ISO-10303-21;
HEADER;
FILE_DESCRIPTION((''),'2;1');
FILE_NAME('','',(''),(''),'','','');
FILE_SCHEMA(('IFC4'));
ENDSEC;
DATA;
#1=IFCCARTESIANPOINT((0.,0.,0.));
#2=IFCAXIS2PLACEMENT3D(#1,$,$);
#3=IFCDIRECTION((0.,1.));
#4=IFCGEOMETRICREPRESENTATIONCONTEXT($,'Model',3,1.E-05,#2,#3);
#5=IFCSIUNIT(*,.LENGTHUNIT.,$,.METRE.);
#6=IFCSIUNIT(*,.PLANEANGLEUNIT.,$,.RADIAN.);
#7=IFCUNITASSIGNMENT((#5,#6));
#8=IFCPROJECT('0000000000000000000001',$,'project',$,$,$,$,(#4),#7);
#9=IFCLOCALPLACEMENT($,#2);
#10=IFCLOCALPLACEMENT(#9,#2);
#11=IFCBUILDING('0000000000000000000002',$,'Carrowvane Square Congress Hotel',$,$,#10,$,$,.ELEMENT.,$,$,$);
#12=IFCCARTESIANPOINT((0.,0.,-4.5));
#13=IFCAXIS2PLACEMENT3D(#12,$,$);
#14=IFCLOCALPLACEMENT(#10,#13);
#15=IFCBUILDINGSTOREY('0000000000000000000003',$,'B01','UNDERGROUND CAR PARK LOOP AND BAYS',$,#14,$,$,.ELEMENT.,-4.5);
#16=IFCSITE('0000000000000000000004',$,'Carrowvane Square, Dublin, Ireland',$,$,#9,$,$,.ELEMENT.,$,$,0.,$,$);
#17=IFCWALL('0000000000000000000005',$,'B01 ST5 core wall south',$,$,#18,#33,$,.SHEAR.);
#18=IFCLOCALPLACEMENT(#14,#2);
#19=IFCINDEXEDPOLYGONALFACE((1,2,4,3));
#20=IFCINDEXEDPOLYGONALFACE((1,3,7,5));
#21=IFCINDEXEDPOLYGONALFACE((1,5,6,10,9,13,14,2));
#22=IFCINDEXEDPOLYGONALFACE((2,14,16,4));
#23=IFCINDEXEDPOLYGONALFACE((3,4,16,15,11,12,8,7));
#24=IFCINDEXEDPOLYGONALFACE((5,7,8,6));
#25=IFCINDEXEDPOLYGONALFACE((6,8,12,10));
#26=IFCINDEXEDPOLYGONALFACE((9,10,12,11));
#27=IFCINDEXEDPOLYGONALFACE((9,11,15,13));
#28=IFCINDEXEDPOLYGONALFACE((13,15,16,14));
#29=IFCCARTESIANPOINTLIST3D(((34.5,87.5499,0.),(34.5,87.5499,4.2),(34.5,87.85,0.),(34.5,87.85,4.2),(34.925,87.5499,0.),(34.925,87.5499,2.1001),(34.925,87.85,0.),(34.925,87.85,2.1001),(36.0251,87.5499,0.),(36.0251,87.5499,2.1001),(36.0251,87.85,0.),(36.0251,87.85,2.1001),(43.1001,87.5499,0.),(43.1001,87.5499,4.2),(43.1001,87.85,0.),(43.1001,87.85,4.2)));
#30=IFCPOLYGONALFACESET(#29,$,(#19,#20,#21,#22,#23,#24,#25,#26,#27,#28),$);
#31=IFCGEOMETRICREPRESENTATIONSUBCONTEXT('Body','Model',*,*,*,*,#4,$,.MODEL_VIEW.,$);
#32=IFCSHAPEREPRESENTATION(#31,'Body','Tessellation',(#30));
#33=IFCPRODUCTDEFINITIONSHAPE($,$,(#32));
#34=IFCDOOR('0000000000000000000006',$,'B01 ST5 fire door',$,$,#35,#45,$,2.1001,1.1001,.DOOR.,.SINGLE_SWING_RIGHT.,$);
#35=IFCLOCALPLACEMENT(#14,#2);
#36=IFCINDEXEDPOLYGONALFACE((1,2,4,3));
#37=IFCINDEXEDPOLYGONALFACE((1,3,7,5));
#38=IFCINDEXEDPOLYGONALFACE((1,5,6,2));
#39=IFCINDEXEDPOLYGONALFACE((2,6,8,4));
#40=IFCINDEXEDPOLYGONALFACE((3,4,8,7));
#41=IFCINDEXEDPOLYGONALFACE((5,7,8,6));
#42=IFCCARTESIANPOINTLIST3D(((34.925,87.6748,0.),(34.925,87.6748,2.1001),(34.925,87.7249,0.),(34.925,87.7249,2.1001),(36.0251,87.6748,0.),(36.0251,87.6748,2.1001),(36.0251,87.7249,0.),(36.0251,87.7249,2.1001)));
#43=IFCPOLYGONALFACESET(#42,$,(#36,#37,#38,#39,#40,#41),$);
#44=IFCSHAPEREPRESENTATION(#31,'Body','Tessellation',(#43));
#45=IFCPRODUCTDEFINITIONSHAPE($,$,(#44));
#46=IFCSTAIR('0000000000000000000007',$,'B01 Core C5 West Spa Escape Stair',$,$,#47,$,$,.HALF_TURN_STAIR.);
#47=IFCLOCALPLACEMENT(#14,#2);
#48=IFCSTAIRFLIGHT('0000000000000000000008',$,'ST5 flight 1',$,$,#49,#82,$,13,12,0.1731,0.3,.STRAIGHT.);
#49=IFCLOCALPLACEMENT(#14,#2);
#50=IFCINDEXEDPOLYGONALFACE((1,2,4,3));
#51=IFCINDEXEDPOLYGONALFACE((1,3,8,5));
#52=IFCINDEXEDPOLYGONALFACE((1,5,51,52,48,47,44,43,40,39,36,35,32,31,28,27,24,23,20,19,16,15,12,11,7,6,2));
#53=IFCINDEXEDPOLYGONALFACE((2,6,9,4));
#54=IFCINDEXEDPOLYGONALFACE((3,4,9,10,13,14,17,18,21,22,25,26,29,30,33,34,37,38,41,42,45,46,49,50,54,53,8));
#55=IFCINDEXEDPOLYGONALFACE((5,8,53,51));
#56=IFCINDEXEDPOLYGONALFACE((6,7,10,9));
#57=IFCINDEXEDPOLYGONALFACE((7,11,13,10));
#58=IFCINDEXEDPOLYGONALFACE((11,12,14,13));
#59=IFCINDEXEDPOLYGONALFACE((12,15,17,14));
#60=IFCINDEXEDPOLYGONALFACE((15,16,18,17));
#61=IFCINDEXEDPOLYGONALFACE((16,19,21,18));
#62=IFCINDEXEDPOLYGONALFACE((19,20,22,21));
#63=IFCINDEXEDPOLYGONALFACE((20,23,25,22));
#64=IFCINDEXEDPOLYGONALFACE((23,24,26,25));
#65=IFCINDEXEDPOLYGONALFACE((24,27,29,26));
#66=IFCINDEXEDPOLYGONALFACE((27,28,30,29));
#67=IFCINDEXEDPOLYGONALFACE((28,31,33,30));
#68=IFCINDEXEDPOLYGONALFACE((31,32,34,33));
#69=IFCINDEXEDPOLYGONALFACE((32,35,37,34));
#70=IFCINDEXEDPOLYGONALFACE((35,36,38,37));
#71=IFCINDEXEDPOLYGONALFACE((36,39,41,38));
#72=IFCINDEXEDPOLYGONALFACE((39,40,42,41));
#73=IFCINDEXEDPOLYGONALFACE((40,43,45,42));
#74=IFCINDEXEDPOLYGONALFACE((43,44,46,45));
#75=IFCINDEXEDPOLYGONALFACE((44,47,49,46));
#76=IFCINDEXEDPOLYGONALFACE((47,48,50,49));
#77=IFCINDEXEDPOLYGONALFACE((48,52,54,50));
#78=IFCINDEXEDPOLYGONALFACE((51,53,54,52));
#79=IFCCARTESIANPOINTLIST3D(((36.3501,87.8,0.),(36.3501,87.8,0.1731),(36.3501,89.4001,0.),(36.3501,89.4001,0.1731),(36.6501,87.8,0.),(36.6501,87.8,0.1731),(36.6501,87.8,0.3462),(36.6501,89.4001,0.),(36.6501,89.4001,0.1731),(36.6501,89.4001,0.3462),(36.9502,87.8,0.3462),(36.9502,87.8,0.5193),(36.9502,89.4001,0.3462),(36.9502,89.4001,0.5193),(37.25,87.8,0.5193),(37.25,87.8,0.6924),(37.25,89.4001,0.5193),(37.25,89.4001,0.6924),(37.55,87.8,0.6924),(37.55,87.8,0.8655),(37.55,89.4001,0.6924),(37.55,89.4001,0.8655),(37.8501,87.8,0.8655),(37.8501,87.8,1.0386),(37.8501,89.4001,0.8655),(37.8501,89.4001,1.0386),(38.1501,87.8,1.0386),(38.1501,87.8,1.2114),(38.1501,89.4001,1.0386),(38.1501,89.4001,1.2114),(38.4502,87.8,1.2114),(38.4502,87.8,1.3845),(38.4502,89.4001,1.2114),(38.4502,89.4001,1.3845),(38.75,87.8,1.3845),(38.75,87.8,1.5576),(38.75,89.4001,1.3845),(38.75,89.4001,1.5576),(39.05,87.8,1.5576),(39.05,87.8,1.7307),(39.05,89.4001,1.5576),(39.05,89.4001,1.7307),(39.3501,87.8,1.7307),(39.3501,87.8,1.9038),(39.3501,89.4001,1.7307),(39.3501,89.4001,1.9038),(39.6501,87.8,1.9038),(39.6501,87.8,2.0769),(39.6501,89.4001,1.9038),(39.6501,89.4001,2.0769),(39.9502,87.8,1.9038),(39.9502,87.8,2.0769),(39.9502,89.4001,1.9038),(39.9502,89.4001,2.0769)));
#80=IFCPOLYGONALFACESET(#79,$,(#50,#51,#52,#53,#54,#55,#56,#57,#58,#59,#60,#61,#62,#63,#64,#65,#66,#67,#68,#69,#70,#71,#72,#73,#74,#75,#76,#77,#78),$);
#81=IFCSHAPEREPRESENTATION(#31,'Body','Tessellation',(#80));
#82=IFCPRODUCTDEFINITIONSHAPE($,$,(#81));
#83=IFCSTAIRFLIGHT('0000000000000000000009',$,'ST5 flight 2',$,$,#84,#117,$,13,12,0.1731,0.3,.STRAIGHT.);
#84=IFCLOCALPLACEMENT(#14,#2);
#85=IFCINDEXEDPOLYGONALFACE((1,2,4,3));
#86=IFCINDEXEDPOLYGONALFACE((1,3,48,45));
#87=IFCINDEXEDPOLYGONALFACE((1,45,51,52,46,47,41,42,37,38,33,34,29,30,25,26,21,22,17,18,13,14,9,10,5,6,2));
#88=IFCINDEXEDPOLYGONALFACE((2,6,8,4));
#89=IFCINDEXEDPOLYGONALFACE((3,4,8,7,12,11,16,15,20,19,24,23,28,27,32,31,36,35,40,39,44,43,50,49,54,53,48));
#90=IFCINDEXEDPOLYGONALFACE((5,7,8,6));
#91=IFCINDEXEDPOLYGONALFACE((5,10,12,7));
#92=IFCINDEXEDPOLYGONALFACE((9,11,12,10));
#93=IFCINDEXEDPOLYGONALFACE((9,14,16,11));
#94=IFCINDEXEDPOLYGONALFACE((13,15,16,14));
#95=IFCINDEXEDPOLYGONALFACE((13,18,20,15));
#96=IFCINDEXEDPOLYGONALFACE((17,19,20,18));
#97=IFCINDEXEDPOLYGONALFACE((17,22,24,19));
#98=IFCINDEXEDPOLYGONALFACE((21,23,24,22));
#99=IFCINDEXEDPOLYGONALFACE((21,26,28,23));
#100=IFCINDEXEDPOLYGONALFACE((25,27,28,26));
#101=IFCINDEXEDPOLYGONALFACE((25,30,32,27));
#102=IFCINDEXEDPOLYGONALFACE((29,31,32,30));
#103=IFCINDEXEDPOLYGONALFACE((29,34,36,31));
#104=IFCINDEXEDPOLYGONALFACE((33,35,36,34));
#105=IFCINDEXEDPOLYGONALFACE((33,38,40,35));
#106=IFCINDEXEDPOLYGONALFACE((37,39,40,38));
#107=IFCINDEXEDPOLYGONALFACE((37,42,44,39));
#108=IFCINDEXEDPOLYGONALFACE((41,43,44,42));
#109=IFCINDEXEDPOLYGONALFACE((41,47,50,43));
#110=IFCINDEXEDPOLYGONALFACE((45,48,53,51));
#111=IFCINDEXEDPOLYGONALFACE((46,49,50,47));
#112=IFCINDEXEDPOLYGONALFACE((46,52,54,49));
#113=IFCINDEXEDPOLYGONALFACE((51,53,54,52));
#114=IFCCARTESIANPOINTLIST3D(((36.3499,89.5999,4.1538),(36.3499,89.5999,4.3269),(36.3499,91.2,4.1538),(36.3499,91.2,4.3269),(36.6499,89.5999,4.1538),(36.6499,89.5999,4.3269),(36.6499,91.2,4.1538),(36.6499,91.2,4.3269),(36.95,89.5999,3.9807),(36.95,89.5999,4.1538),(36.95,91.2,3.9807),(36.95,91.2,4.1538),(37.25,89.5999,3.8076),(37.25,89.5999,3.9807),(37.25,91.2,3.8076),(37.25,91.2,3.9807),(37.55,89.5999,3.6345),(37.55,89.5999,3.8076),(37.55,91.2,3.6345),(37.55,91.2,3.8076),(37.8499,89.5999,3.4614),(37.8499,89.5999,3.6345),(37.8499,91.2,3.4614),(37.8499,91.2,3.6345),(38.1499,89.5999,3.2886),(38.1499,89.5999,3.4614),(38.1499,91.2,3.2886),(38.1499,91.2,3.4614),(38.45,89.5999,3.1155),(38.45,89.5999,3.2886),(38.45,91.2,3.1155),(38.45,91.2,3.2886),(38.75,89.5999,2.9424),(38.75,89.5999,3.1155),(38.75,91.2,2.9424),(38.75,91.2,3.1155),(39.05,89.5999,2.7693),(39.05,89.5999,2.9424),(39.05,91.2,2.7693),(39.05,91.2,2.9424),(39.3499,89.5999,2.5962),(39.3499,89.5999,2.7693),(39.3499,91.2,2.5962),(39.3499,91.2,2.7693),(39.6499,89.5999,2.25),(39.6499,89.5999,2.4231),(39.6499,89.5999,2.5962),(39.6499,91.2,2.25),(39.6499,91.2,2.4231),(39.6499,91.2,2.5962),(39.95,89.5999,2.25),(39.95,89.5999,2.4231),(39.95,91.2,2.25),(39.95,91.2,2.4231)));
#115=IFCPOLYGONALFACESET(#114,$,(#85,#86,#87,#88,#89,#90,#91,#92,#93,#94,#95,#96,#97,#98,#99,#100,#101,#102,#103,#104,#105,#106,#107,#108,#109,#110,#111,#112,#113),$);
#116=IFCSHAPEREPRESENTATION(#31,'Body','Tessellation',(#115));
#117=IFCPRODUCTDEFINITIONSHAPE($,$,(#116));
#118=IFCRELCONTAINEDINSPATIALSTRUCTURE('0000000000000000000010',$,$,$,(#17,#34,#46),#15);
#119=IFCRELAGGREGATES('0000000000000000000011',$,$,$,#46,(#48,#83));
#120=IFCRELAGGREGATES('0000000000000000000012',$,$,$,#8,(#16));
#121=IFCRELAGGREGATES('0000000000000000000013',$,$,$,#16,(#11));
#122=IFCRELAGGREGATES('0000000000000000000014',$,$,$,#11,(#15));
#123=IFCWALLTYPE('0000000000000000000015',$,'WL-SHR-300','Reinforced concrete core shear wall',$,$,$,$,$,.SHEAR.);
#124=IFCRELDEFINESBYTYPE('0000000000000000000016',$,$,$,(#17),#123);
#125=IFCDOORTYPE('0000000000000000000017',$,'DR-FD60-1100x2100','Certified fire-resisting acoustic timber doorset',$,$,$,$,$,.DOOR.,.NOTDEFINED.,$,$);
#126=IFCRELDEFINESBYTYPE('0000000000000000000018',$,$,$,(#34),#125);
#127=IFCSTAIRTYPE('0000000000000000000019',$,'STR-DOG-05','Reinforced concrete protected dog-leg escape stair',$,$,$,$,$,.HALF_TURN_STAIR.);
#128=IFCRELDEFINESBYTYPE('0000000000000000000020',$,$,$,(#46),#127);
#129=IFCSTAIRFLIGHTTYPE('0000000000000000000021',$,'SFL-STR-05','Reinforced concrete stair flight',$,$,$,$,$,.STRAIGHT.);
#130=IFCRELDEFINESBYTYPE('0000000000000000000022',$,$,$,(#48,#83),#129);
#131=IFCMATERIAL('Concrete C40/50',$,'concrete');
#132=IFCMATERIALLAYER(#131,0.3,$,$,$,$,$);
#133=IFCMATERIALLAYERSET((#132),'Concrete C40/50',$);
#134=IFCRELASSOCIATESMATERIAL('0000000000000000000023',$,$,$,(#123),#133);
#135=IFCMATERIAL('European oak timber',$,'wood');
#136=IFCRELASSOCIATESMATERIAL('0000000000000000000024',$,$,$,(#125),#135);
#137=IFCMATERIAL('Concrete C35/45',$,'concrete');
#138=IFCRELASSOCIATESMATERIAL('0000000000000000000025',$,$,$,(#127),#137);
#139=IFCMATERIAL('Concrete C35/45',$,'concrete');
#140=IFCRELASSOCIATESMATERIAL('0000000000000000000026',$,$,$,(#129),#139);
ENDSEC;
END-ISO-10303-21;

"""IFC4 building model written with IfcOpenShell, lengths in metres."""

from ifc_helpers import new_model, si_unit, direction, frame, frame_2d, origin, place, context, subcontext, project, spatial, polyline, rectangle, outline, extrude, material, layer, layer_set, type_object, element, fill, aggregate, save


model = new_model("IFC4")

# Units and contexts
model_context = context("Model", 3, precision=1e-05, world=origin(), true_north=direction((0.0, 1.0)))
body_context = subcontext(model_context, "Body", "Model", "MODEL_VIEW")
ifc_project = project(units=[si_unit("LENGTHUNIT", "METRE"), si_unit("PLANEANGLEUNIT", "RADIAN")], contexts=[model_context])

# Site, building, storey
site_placement = place(None, origin())
site = spatial("IfcSite", under=ifc_project, at=site_placement, Name="Carrowvane Square, Dublin, Ireland", CompositionType="ELEMENT", RefElevation=0.0)
building_placement = place(site_placement, origin())
building = spatial("IfcBuilding", under=site, at=building_placement, Name="Carrowvane Square Congress Hotel", CompositionType="ELEMENT")
storey_placement = place(building_placement, frame((0.0, 0.0, -4.5)))
storey = spatial("IfcBuildingStorey", under=building, at=storey_placement, Name="B01", Description="UNDERGROUND CAR PARK LOOP AND BAYS", CompositionType="ELEMENT", Elevation=-4.5)

# Wall, opening, door
ifc_material_1 = material(Name="Concrete C40/50", Category="concrete")
ifc_layer_1 = layer(ifc_material_1, 0.3)
ifc_layer_set_1 = layer_set([ifc_layer_1], Name="Concrete C40/50")
wall_type_1 = type_object("IfcWallType", Name="WL-SHR-300", Description="Reinforced concrete core shear wall", PredefinedType="SHEAR", material=ifc_layer_set_1)
wall_1_placement = place(storey_placement, frame((34.5, 87.7, 0.0), z_axis=(0.0, 0.0, 1.0), x_axis=(1.0, 0.0, 0.0)))
wall_1 = element("IfcWall", 1, at=wall_1_placement, inside=storey, type_object=wall_type_1, Name="B01 ST5 core wall south", PredefinedType="SHEAR", context=body_context, shape_type="SweptSolid", body=[
    extrude(rectangle(XDim=8.6001, YDim=0.3, at=frame_2d((4.3, 0.0))), origin(), (0.0, 0.0, 1.0), 4.2),
])
opening_placement = place(wall_1_placement, frame((0.425, 0.0, 0.0)))
opening = element("IfcOpeningElement", 2, at=opening_placement, cuts=wall_1, PredefinedType="OPENING", context=body_context, shape_type="SweptSolid", body=[
    extrude(rectangle(XDim=1.1001, YDim=2.1001, at=frame_2d((0.55, 1.05))), frame((0.0, 0.1599, 0.0), z_axis=(0.0, -1.0, 0.0), x_axis=(1.0, 0.0, 0.0)), (0.0, 0.0, 1.0), 0.3201),
])
ifc_material_2 = material(Name="European oak timber", Category="wood")
door_type = type_object("IfcDoorType", Name="DR-FD60-1100x2100", Description="Certified fire-resisting acoustic timber doorset", OperationType="NOTDEFINED", PredefinedType="DOOR", material=ifc_material_2)
door_placement = place(opening_placement, origin())
door = element("IfcDoor", 3, at=door_placement, inside=storey, type_object=door_type, Name="B01 ST5 fire door", OperationType="SINGLE_SWING_RIGHT", OverallHeight=2.1001, OverallWidth=1.1001, PredefinedType="DOOR", context=body_context, shape_type="SweptSolid", body=[
    extrude(rectangle(XDim=1.1001, YDim=2.1001, at=frame_2d((0.55, 1.05))), frame((0.0, 0.0249, 0.0), z_axis=(0.0, -1.0, 0.0), x_axis=(1.0, 0.0, 0.0)), (0.0, 0.0, 1.0), 0.05),
])
fill(opening, door)

# Stair, stair flights
ifc_material_3 = material(Name="Concrete C35/45", Category="concrete")
stair_type = type_object("IfcStairType", Name="STR-DOG-05", Description="Reinforced concrete protected dog-leg escape stair", PredefinedType="HALF_TURN_STAIR", material=ifc_material_3)
stair_placement = place(storey_placement, origin())
stair = element("IfcStair", 4, at=stair_placement, inside=storey, type_object=stair_type, Name="B01 Core C5 West Spa Escape Stair", PredefinedType="HALF_TURN_STAIR")
ifc_material_4 = material(Name="Concrete C35/45", Category="concrete")
stair_flight_type = type_object("IfcStairFlightType", Name="SFL-STR-05", Description="Reinforced concrete stair flight", PredefinedType="STRAIGHT", material=ifc_material_4)
stair_flight_1_placement = place(storey_placement, frame((36.3501, 88.6001, 0.0), z_axis=(0.0, 0.0, 1.0), x_axis=(1.0, 0.0, 0.0)))
stair_flight_1 = element("IfcStairFlight", 5, at=stair_flight_1_placement, type_object=stair_flight_type, Name="ST5 flight 1", NumberOfRisers=13, NumberOfTreads=12, PredefinedType="STRAIGHT", RiserHeight=0.1731, TreadLength=0.3, context=body_context, shape_type="SweptSolid", body=[
    extrude(outline(polyline([(0.0, 0.0), (0.0, 0.1731), (0.3, 0.1731), (0.3, 0.3462), (0.6001, 0.3462), (0.6001, 0.5193), (0.8999, 0.5193), (0.8999, 0.6924), (1.2, 0.6924), (1.2, 0.8655), (1.5, 0.8655), (1.5, 1.0386), (1.8, 1.0386), (1.8, 1.2114), (2.1001, 1.2114), (2.1001, 1.3845), (2.3999, 1.3845), (2.3999, 1.5576), (2.7, 1.5576), (2.7, 1.7307), (3.0, 1.7307), (3.0, 1.9038), (3.3, 1.9038), (3.3, 2.0769), (3.6001, 2.0769), (3.6001, 2.25), (3.6001, 1.9038), (0.3, 0.0), (0.0, 0.0)])), frame((0.0, 0.8, 0.0), z_axis=(0.0, -1.0, 0.0), x_axis=(1.0, 0.0, 0.0)), (0.0, 0.0, 1.0), 1.6001),
])
stair_flight_2_placement = place(storey_placement, frame((39.95, 90.3999, 2.25), z_axis=(0.0, 0.0, 1.0), x_axis=(-1.0, 0.0, 0.0)))
stair_flight_2 = element("IfcStairFlight", 6, at=stair_flight_2_placement, type_object=stair_flight_type, Name="ST5 flight 2", NumberOfRisers=13, NumberOfTreads=12, PredefinedType="STRAIGHT", RiserHeight=0.1731, TreadLength=0.3, context=body_context, shape_type="SweptSolid", body=[
    extrude(outline(polyline([(0.0, 0.0), (0.0, 0.1731), (0.3, 0.1731), (0.3, 0.3462), (0.6001, 0.3462), (0.6001, 0.5193), (0.8999, 0.5193), (0.8999, 0.6924), (1.2, 0.6924), (1.2, 0.8655), (1.5, 0.8655), (1.5, 1.0386), (1.8, 1.0386), (1.8, 1.2114), (2.1001, 1.2114), (2.1001, 1.3845), (2.3999, 1.3845), (2.3999, 1.5576), (2.7, 1.5576), (2.7, 1.7307), (3.0, 1.7307), (3.0, 1.9038), (3.3, 1.9038), (3.3, 2.0769), (3.6001, 2.0769), (3.6001, 2.25), (3.6001, 1.9038), (0.3, 0.0), (0.0, 0.0)])), frame((0.0, 0.8, 0.0), z_axis=(0.0, -1.0, 0.0), x_axis=(1.0, 0.0, 0.0)), (0.0, 0.0, 1.0), 1.6001),
])
aggregate(stair, [stair_flight_1, stair_flight_2])

save(model, "model.ifc")
